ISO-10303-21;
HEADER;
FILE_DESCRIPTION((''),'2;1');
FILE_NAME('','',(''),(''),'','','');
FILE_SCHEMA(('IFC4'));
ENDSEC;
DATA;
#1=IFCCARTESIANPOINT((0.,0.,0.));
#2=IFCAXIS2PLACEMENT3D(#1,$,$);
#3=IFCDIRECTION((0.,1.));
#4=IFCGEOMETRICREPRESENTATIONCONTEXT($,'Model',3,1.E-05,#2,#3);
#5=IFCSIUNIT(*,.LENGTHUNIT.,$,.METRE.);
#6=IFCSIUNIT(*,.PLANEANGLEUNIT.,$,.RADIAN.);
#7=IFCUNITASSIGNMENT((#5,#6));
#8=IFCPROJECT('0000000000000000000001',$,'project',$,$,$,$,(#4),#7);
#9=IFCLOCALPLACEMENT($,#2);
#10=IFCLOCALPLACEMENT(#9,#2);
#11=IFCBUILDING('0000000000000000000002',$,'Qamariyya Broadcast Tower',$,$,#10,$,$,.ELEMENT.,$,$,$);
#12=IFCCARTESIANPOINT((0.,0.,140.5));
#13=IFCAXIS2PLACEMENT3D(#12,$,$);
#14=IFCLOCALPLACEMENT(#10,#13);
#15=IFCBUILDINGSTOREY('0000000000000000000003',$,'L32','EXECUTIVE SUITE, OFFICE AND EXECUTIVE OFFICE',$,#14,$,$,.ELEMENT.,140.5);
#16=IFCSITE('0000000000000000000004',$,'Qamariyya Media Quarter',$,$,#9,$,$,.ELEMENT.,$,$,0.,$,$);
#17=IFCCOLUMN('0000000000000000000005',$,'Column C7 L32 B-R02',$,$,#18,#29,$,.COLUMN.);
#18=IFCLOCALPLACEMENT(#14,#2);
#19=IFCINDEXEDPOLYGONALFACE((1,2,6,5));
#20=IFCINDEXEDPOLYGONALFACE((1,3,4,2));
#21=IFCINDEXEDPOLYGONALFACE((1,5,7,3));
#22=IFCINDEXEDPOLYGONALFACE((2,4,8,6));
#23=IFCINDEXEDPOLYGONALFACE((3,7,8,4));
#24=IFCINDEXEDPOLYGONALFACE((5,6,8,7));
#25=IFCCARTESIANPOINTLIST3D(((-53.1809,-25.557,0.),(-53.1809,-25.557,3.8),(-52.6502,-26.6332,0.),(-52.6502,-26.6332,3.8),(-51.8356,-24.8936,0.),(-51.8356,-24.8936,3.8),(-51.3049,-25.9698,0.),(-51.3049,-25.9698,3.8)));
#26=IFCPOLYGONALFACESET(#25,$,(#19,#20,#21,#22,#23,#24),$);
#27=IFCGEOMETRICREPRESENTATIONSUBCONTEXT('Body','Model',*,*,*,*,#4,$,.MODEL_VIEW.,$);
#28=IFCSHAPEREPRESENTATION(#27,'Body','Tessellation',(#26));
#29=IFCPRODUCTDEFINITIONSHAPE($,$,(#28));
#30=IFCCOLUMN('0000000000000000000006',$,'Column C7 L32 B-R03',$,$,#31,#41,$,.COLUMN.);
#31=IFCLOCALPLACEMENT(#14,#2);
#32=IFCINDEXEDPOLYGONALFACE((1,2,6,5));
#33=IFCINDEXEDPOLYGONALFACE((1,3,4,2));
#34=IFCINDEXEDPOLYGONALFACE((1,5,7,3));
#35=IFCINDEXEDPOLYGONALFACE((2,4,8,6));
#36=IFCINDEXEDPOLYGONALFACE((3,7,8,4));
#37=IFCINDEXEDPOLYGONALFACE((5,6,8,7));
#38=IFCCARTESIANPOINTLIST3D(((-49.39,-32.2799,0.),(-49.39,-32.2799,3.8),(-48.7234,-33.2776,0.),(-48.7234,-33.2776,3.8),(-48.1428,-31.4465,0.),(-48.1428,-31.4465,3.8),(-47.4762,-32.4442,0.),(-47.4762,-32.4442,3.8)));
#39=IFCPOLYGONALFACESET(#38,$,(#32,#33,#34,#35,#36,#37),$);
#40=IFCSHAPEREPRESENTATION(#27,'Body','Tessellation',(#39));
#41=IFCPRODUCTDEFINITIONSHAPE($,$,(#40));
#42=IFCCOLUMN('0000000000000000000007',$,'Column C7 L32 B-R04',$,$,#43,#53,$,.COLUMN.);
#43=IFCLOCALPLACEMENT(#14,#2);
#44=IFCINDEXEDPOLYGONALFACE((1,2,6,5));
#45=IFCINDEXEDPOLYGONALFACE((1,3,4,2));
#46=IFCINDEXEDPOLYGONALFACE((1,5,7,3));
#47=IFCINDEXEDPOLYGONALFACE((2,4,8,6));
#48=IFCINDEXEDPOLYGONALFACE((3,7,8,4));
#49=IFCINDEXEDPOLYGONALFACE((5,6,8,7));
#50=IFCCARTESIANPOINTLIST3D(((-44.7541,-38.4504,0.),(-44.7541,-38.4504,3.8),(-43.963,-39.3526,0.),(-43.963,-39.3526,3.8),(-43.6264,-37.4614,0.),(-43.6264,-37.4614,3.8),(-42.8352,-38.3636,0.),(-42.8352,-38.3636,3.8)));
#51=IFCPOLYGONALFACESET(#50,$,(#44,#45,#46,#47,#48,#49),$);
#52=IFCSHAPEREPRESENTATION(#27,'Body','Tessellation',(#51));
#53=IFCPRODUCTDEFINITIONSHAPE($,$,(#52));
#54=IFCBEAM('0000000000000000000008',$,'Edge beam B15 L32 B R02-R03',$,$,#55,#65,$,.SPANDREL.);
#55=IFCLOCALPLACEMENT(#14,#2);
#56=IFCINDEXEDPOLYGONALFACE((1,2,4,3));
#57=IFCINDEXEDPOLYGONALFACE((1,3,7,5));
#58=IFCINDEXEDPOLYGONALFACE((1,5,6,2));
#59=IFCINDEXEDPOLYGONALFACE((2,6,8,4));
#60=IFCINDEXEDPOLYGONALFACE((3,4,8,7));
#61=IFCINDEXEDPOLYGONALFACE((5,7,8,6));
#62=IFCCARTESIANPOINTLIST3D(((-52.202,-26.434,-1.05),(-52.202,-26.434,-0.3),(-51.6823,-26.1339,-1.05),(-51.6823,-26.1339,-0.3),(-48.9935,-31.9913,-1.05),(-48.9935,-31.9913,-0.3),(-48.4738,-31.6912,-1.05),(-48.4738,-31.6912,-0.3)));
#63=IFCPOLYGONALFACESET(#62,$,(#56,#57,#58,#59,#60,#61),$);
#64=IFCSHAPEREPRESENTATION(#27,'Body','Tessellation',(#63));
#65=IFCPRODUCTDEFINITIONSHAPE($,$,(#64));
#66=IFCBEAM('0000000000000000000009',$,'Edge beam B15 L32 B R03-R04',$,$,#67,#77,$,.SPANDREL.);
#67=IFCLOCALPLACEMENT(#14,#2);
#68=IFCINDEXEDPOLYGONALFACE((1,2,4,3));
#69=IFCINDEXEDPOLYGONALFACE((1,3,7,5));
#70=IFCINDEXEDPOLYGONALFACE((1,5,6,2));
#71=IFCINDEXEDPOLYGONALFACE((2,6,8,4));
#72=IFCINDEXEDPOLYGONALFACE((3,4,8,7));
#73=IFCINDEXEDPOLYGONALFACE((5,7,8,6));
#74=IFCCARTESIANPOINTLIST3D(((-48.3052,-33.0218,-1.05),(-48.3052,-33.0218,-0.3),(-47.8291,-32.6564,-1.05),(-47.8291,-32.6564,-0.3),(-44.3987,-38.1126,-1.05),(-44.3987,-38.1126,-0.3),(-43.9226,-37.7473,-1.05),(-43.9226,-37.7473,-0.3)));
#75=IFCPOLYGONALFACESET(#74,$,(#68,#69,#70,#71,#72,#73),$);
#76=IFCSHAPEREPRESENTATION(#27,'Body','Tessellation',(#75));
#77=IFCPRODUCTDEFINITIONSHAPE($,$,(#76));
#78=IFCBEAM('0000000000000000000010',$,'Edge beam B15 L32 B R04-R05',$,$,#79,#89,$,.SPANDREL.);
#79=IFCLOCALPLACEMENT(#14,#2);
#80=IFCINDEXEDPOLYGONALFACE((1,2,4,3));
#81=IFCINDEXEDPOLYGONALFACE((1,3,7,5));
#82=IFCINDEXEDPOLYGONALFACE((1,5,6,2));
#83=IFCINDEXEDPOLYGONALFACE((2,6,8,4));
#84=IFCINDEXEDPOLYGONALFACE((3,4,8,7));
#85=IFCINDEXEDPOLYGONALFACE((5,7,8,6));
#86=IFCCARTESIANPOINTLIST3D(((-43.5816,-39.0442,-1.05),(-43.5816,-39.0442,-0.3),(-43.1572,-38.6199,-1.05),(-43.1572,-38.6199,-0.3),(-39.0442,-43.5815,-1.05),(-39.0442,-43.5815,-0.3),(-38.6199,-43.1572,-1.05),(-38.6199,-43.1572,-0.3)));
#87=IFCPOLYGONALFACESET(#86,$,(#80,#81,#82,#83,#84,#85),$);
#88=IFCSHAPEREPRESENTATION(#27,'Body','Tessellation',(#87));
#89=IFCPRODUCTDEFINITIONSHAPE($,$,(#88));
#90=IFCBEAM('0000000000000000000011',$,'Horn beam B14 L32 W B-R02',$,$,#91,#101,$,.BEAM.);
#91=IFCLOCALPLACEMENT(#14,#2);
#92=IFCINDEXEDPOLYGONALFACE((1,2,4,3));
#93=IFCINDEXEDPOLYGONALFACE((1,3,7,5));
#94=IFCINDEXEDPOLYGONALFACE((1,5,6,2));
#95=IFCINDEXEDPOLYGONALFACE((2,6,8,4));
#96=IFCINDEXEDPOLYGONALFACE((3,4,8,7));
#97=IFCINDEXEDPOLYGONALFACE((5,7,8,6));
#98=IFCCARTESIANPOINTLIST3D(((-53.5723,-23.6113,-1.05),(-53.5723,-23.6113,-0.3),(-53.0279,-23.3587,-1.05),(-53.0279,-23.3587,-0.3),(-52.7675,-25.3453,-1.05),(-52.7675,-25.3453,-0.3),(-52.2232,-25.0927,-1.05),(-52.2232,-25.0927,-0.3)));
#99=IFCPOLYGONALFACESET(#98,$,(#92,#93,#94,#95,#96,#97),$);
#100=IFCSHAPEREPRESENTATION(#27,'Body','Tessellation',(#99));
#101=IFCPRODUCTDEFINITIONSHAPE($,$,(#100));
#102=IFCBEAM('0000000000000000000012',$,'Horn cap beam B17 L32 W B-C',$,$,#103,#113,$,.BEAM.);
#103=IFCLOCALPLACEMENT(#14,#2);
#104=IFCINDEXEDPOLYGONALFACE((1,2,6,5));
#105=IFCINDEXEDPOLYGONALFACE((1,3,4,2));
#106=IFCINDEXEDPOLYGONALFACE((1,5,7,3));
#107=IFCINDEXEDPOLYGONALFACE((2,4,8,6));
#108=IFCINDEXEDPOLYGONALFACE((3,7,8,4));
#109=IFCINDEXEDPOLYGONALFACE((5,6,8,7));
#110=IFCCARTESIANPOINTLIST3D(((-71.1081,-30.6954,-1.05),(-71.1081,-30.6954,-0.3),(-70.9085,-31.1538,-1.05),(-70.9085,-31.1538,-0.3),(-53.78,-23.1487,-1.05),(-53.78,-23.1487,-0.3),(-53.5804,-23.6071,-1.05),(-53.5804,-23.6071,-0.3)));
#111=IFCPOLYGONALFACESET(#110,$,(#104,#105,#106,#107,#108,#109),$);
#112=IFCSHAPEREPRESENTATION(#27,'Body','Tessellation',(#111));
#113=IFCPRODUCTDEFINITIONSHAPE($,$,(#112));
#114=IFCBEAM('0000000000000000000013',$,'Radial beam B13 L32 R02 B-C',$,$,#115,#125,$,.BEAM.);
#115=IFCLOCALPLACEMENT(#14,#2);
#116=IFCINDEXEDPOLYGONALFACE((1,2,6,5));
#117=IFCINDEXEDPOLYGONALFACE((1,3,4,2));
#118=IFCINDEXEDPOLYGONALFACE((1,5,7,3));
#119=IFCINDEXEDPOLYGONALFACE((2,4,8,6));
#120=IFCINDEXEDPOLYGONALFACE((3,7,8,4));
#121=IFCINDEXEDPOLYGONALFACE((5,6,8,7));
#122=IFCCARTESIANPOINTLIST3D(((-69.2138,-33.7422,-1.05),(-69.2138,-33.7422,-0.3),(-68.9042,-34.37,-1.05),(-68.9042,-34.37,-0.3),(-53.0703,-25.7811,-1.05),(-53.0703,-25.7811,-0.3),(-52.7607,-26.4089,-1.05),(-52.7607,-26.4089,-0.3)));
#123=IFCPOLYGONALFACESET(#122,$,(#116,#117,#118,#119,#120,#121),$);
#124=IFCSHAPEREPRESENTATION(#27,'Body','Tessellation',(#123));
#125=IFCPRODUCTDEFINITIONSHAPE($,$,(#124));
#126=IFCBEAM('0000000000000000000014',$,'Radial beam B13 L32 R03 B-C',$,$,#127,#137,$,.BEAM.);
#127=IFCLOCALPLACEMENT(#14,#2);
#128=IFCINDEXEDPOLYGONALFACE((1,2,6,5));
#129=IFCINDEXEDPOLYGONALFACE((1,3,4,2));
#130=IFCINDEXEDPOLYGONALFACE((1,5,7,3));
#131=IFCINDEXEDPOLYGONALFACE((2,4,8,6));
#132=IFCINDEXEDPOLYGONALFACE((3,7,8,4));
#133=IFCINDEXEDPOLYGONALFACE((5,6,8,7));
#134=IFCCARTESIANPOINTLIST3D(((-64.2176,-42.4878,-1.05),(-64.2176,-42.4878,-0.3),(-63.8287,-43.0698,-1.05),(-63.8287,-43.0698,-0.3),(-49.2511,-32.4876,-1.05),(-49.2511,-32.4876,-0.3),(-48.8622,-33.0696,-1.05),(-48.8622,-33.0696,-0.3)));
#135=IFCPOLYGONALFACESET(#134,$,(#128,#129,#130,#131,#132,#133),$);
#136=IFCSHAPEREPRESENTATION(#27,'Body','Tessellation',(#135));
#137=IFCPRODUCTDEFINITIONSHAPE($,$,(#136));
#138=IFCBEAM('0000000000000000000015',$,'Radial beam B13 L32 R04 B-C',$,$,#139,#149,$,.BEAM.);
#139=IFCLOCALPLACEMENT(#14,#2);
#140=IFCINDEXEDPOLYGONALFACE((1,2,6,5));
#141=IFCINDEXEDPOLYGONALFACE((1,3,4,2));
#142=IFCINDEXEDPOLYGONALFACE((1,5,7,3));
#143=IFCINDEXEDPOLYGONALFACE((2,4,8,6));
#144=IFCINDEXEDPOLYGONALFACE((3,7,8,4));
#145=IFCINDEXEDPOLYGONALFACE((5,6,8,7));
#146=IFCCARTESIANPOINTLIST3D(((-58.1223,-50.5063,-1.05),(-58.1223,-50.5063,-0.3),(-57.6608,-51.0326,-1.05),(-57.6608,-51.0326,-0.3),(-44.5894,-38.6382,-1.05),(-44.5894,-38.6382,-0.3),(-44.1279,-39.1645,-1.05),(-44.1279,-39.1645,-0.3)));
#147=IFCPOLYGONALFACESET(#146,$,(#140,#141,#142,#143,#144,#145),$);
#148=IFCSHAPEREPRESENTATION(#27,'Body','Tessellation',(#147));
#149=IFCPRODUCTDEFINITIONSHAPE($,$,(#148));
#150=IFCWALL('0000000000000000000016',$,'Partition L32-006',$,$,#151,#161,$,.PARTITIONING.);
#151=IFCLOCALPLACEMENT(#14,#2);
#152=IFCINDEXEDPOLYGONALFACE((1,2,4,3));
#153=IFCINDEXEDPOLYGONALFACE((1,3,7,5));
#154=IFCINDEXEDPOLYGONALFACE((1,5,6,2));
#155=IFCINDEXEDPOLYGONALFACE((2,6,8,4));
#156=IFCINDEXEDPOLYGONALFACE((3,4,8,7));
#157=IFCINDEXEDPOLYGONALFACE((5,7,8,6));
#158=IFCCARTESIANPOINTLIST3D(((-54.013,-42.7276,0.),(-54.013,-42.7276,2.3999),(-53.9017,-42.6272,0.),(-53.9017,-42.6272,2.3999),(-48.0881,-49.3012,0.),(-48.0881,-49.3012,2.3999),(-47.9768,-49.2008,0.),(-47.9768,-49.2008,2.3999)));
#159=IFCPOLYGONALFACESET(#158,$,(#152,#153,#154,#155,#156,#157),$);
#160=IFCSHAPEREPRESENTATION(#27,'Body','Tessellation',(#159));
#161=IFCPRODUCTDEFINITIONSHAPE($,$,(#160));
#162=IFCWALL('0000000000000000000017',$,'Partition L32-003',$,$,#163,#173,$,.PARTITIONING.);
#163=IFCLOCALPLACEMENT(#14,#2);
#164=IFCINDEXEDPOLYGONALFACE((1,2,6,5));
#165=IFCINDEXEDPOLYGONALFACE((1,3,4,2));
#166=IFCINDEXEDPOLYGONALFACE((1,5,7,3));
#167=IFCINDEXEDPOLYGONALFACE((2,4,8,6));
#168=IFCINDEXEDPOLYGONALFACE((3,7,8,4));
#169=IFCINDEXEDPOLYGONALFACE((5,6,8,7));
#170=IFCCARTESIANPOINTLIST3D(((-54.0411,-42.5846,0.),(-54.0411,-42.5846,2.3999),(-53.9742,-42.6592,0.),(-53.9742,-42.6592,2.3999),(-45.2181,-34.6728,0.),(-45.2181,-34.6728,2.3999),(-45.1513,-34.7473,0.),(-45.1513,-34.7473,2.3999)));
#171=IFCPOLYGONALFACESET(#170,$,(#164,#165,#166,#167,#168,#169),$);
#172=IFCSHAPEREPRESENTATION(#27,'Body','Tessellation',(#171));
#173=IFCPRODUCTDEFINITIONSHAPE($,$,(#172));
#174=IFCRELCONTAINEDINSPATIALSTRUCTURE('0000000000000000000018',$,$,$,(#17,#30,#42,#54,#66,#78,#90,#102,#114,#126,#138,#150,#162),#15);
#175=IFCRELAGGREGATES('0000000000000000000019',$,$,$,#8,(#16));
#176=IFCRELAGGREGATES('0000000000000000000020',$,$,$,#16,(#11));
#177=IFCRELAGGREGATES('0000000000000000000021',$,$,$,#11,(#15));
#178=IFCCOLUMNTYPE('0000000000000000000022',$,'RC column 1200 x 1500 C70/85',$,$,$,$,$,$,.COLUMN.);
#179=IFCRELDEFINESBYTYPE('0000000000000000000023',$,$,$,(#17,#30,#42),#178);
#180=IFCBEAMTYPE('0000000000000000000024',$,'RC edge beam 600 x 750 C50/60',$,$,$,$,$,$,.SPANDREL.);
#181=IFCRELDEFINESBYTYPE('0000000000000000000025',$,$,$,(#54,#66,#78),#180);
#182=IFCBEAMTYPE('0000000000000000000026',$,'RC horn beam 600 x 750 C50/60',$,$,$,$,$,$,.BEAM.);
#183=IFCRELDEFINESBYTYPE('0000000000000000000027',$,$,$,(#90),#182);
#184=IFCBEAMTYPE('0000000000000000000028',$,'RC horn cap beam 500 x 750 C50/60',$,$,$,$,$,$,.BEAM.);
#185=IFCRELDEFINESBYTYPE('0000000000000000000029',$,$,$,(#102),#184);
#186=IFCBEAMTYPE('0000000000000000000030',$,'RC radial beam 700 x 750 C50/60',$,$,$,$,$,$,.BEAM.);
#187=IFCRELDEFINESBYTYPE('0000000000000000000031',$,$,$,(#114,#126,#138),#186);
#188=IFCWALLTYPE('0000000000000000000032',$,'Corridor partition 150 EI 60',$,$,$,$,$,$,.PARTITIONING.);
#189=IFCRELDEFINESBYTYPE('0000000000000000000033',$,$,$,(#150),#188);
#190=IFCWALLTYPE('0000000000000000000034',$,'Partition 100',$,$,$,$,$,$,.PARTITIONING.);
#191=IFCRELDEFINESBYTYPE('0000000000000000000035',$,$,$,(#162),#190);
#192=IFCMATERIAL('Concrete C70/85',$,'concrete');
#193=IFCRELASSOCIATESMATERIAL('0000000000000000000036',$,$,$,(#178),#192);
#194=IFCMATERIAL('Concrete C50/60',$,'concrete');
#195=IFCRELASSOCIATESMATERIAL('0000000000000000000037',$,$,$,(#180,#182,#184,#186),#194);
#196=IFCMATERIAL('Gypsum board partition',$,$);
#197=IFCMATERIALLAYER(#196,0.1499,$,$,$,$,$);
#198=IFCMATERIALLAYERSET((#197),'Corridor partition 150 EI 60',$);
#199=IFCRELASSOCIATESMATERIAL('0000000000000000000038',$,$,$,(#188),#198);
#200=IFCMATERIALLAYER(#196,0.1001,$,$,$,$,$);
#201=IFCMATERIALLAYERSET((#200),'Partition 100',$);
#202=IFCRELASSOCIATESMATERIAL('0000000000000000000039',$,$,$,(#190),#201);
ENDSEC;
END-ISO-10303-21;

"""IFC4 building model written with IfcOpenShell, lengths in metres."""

from ifc_helpers import new_model, si_unit, direction, frame, frame_2d, origin, origin_2d, place, context, subcontext, project, spatial, rectangle, extrude, material, layer, layer_set, material_profile, profile_set, type_object, element, save


model = new_model("IFC4")

# Units and contexts
model_context = context("Model", 3, precision=1e-05, world=origin(), true_north=direction((0.0, 1.0)))
body_context = subcontext(model_context, "Body", "Model", "MODEL_VIEW")
ifc_project = project(units=[si_unit("LENGTHUNIT", "METRE"), si_unit("PLANEANGLEUNIT", "RADIAN")], contexts=[model_context])

# Site, building, storey
site_placement = place(None, origin())
site = spatial("IfcSite", under=ifc_project, at=site_placement, Name="Qamariyya Media Quarter", CompositionType="ELEMENT", RefElevation=0.0)
building_placement = place(site_placement, origin())
building = spatial("IfcBuilding", under=site, at=building_placement, Name="Qamariyya Broadcast Tower", CompositionType="ELEMENT")
storey_placement = place(building_placement, frame((0.0, 0.0, 140.5)))
storey = spatial("IfcBuildingStorey", under=building, at=storey_placement, Name="L32", Description="EXECUTIVE SUITE, OFFICE AND EXECUTIVE OFFICE", CompositionType="ELEMENT", Elevation=140.5)

# Columns
ifc_material_1 = material(Name="Concrete C70/85", Category="concrete")
ifc_material_profile_1 = material_profile(ifc_material_1, rectangle(XDim=1.2, YDim=1.5, at=origin_2d()))
ifc_profile_set_1 = profile_set([ifc_material_profile_1], Name="Concrete C70/85")
column_type = type_object("IfcColumnType", Name="RC column 1200 x 1500 C70/85", PredefinedType="COLUMN", material=ifc_profile_set_1)
for number, where, z_axis, x_axis, name in (
    (1, (-52.2429, -25.7634, 0.0), (0.0, 0.0, 1.0), (0.442289, -0.896873, 0.0), "Column C7 L32 B-R02"),
    (2, (-48.4331, -32.3621, 0.0), (0.0, 0.0, 1.0), (0.55557, -0.83147, 0.0), "Column C7 L32 B-R03"),
    (3, (-43.7947, -38.407, 0.0), (0.0, 0.0, 1.0), (0.659346, -0.75184, 0.0), "Column C7 L32 B-R04"),
):
    element("IfcColumn", number, at=place(storey_placement, frame(where, z_axis=z_axis, x_axis=x_axis)), inside=storey, type_object=column_type, Name=name, PredefinedType="COLUMN", context=body_context, shape_type="SweptSolid", body=[
        extrude(rectangle(XDim=1.2, YDim=1.5, at=origin_2d()), origin(), (0.0, 0.0, 1.0), 3.8),
    ])

# Beams
ifc_material_2 = material(Name="Concrete C50/60", Category="concrete")
ifc_material_profile_2 = material_profile(ifc_material_2, rectangle(XDim=0.6001, YDim=0.75, at=origin_2d()))
ifc_profile_set_2 = profile_set([ifc_material_profile_2], Name="Concrete C50/60")
beam_type_1 = type_object("IfcBeamType", Name="RC edge beam 600 x 750 C50/60", PredefinedType="SPANDREL", material=ifc_profile_set_2)
for number, where, z_axis, x_axis, name in (
    (4, (-51.9421, -26.2839, -0.675), (0.499994, -0.866029, 0.0), (0.866029, 0.499994, 0.0), "Edge beam B15 L32 B R02-R03"),
    (5, (-48.0671, -32.8391, -0.675), (0.608778, -0.793341, 0.0), (0.793341, 0.608778, 0.0), "Edge beam B15 L32 B R03-R04"),
):
    element("IfcBeam", number, at=place(storey_placement, frame(where, z_axis=z_axis, x_axis=x_axis)), inside=storey, type_object=beam_type_1, Name=name, PredefinedType="SPANDREL", context=body_context, shape_type="SweptSolid", body=[
        extrude(rectangle(XDim=0.6001, YDim=0.75, at=origin_2d()), origin(), (0.0, 0.0, 1.0), 6.417),
    ])
beam_1_placement = place(storey_placement, frame((-43.3694, -38.832, -0.675), z_axis=(0.707107, -0.707107, 0.0), x_axis=(0.707107, 0.707107, 0.0)))
element("IfcBeam", 6, at=beam_1_placement, inside=storey, type_object=beam_type_1, Name="Edge beam B15 L32 B R04-R05", PredefinedType="SPANDREL", context=body_context, shape_type="SweptSolid", body=[
    extrude(rectangle(XDim=0.6001, YDim=0.75, at=origin_2d()), origin(), (0.0, 0.0, 1.0), 6.4167),
])
ifc_material_profile_3 = material_profile(ifc_material_2, rectangle(XDim=0.6001, YDim=0.75, at=origin_2d()))
ifc_profile_set_3 = profile_set([ifc_material_profile_3], Name="Concrete C50/60")
beam_type_2 = type_object("IfcBeamType", Name="RC horn beam 600 x 750 C50/60", PredefinedType="BEAM", material=ifc_profile_set_3)
beam_2_placement = place(storey_placement, frame((-52.4954, -25.219, -0.675), z_axis=(-0.420969, 0.907075, 0.0), x_axis=(-0.907075, -0.420969, 0.0)))
element("IfcBeam", 7, at=beam_2_placement, inside=storey, type_object=beam_type_2, Name="Horn beam B14 L32 W B-R02", PredefinedType="BEAM", context=body_context, shape_type="SweptSolid", body=[
    extrude(rectangle(XDim=0.6001, YDim=0.75, at=origin_2d()), origin(), (0.0, 0.0, 1.0), 1.9116),
])
ifc_material_profile_4 = material_profile(ifc_material_2, rectangle(XDim=0.5, YDim=0.75, at=origin_2d()))
ifc_profile_set_4 = profile_set([ifc_material_profile_4], Name="Concrete C50/60")
beam_type_3 = type_object("IfcBeamType", Name="RC horn cap beam 500 x 750 C50/60", PredefinedType="BEAM", material=ifc_profile_set_4)
beam_3_placement = place(storey_placement, frame((-53.6802, -23.3779, -0.675), z_axis=(-0.916825, -0.39929, 0.0), x_axis=(0.39929, -0.916825, 0.0)))
element("IfcBeam", 8, at=beam_3_placement, inside=storey, type_object=beam_type_3, Name="Horn cap beam B17 L32 W B-C", PredefinedType="BEAM", context=body_context, shape_type="SweptSolid", body=[
    extrude(rectangle(XDim=0.5, YDim=0.75, at=origin_2d()), origin(), (0.0, 0.0, 1.0), 18.9001),
])
ifc_material_profile_5 = material_profile(ifc_material_2, rectangle(XDim=0.7, YDim=0.75, at=origin_2d()))
ifc_profile_set_5 = profile_set([ifc_material_profile_5], Name="Concrete C50/60")
beam_type_4 = type_object("IfcBeamType", Name="RC radial beam 700 x 750 C50/60", PredefinedType="BEAM", material=ifc_profile_set_5)
beam_4_placement = place(storey_placement, frame((-52.9155, -26.095, -0.675), z_axis=(-0.896871, -0.442291, 0.0), x_axis=(0.442291, -0.896871, 0.0)))
element("IfcBeam", 9, at=beam_4_placement, inside=storey, type_object=beam_type_4, Name="Radial beam B13 L32 R02 B-C", PredefinedType="BEAM", context=body_context, shape_type="SweptSolid", body=[
    extrude(rectangle(XDim=0.7, YDim=0.75, at=origin_2d()), origin(), (0.0, 0.0, 1.0), 17.9998),
])
beam_5_placement = place(storey_placement, frame((-49.0566, -32.7786, -0.675), z_axis=(-0.831472, -0.555567, 0.0), x_axis=(0.555567, -0.831472, 0.0)))
element("IfcBeam", 10, at=beam_5_placement, inside=storey, type_object=beam_type_4, Name="Radial beam B13 L32 R03 B-C", PredefinedType="BEAM", context=body_context, shape_type="SweptSolid", body=[
    extrude(rectangle(XDim=0.7, YDim=0.75, at=origin_2d()), origin(), (0.0, 0.0, 1.0), 18.0),
])
beam_6_placement = place(storey_placement, frame((-44.3586, -38.9014, -0.675), z_axis=(-0.751838, -0.659348, 0.0), x_axis=(0.659348, -0.751838, 0.0)))
element("IfcBeam", 11, at=beam_6_placement, inside=storey, type_object=beam_type_4, Name="Radial beam B13 L32 R04 B-C", PredefinedType="BEAM", context=body_context, shape_type="SweptSolid", body=[
    extrude(rectangle(XDim=0.7, YDim=0.75, at=origin_2d()), origin(), (0.0, 0.0, 1.0), 17.9998),
])

# Walls
ifc_material_3 = material(Name="Gypsum board partition")
ifc_layer_1 = layer(ifc_material_3, 0.1499)
ifc_layer_set_1 = layer_set([ifc_layer_1], Name="Corridor partition 150 EI 60")
wall_type_1 = type_object("IfcWallType", Name="Corridor partition 150 EI 60", PredefinedType="PARTITIONING", material=ifc_layer_set_1)
wall_1_placement = place(storey_placement, frame((-48.0325, -49.251, 0.0), z_axis=(0.0, 0.0, 1.0), x_axis=(-0.669506, 0.742807, 0.0)))
element("IfcWall", 12, at=wall_1_placement, inside=storey, type_object=wall_type_1, Name="Partition L32-006", PredefinedType="PARTITIONING", context=body_context, shape_type="SweptSolid", body=[
    extrude(rectangle(XDim=8.8496, YDim=0.1499, at=frame_2d((4.4248, 0.0))), origin(), (0.0, 0.0, 1.0), 2.3999),
])
ifc_layer_2 = layer(ifc_material_3, 0.1001)
ifc_layer_set_2 = layer_set([ifc_layer_2], Name="Partition 100")
wall_type_2 = type_object("IfcWallType", Name="Partition 100", PredefinedType="PARTITIONING", material=ifc_layer_set_2)
wall_2_placement = place(storey_placement, frame((-54.0076, -42.6218, 0.0), z_axis=(0.0, 0.0, 1.0), x_axis=(0.744503, 0.667619, 0.0)))
element("IfcWall", 13, at=wall_2_placement, inside=storey, type_object=wall_type_2, Name="Partition L32-003", PredefinedType="PARTITIONING", context=body_context, shape_type="SweptSolid", body=[
    extrude(rectangle(XDim=11.8508, YDim=0.1001, at=frame_2d((5.9253, 0.0))), origin(), (0.0, 0.0, 1.0), 2.3999),
])

save(model, "model.ifc")
